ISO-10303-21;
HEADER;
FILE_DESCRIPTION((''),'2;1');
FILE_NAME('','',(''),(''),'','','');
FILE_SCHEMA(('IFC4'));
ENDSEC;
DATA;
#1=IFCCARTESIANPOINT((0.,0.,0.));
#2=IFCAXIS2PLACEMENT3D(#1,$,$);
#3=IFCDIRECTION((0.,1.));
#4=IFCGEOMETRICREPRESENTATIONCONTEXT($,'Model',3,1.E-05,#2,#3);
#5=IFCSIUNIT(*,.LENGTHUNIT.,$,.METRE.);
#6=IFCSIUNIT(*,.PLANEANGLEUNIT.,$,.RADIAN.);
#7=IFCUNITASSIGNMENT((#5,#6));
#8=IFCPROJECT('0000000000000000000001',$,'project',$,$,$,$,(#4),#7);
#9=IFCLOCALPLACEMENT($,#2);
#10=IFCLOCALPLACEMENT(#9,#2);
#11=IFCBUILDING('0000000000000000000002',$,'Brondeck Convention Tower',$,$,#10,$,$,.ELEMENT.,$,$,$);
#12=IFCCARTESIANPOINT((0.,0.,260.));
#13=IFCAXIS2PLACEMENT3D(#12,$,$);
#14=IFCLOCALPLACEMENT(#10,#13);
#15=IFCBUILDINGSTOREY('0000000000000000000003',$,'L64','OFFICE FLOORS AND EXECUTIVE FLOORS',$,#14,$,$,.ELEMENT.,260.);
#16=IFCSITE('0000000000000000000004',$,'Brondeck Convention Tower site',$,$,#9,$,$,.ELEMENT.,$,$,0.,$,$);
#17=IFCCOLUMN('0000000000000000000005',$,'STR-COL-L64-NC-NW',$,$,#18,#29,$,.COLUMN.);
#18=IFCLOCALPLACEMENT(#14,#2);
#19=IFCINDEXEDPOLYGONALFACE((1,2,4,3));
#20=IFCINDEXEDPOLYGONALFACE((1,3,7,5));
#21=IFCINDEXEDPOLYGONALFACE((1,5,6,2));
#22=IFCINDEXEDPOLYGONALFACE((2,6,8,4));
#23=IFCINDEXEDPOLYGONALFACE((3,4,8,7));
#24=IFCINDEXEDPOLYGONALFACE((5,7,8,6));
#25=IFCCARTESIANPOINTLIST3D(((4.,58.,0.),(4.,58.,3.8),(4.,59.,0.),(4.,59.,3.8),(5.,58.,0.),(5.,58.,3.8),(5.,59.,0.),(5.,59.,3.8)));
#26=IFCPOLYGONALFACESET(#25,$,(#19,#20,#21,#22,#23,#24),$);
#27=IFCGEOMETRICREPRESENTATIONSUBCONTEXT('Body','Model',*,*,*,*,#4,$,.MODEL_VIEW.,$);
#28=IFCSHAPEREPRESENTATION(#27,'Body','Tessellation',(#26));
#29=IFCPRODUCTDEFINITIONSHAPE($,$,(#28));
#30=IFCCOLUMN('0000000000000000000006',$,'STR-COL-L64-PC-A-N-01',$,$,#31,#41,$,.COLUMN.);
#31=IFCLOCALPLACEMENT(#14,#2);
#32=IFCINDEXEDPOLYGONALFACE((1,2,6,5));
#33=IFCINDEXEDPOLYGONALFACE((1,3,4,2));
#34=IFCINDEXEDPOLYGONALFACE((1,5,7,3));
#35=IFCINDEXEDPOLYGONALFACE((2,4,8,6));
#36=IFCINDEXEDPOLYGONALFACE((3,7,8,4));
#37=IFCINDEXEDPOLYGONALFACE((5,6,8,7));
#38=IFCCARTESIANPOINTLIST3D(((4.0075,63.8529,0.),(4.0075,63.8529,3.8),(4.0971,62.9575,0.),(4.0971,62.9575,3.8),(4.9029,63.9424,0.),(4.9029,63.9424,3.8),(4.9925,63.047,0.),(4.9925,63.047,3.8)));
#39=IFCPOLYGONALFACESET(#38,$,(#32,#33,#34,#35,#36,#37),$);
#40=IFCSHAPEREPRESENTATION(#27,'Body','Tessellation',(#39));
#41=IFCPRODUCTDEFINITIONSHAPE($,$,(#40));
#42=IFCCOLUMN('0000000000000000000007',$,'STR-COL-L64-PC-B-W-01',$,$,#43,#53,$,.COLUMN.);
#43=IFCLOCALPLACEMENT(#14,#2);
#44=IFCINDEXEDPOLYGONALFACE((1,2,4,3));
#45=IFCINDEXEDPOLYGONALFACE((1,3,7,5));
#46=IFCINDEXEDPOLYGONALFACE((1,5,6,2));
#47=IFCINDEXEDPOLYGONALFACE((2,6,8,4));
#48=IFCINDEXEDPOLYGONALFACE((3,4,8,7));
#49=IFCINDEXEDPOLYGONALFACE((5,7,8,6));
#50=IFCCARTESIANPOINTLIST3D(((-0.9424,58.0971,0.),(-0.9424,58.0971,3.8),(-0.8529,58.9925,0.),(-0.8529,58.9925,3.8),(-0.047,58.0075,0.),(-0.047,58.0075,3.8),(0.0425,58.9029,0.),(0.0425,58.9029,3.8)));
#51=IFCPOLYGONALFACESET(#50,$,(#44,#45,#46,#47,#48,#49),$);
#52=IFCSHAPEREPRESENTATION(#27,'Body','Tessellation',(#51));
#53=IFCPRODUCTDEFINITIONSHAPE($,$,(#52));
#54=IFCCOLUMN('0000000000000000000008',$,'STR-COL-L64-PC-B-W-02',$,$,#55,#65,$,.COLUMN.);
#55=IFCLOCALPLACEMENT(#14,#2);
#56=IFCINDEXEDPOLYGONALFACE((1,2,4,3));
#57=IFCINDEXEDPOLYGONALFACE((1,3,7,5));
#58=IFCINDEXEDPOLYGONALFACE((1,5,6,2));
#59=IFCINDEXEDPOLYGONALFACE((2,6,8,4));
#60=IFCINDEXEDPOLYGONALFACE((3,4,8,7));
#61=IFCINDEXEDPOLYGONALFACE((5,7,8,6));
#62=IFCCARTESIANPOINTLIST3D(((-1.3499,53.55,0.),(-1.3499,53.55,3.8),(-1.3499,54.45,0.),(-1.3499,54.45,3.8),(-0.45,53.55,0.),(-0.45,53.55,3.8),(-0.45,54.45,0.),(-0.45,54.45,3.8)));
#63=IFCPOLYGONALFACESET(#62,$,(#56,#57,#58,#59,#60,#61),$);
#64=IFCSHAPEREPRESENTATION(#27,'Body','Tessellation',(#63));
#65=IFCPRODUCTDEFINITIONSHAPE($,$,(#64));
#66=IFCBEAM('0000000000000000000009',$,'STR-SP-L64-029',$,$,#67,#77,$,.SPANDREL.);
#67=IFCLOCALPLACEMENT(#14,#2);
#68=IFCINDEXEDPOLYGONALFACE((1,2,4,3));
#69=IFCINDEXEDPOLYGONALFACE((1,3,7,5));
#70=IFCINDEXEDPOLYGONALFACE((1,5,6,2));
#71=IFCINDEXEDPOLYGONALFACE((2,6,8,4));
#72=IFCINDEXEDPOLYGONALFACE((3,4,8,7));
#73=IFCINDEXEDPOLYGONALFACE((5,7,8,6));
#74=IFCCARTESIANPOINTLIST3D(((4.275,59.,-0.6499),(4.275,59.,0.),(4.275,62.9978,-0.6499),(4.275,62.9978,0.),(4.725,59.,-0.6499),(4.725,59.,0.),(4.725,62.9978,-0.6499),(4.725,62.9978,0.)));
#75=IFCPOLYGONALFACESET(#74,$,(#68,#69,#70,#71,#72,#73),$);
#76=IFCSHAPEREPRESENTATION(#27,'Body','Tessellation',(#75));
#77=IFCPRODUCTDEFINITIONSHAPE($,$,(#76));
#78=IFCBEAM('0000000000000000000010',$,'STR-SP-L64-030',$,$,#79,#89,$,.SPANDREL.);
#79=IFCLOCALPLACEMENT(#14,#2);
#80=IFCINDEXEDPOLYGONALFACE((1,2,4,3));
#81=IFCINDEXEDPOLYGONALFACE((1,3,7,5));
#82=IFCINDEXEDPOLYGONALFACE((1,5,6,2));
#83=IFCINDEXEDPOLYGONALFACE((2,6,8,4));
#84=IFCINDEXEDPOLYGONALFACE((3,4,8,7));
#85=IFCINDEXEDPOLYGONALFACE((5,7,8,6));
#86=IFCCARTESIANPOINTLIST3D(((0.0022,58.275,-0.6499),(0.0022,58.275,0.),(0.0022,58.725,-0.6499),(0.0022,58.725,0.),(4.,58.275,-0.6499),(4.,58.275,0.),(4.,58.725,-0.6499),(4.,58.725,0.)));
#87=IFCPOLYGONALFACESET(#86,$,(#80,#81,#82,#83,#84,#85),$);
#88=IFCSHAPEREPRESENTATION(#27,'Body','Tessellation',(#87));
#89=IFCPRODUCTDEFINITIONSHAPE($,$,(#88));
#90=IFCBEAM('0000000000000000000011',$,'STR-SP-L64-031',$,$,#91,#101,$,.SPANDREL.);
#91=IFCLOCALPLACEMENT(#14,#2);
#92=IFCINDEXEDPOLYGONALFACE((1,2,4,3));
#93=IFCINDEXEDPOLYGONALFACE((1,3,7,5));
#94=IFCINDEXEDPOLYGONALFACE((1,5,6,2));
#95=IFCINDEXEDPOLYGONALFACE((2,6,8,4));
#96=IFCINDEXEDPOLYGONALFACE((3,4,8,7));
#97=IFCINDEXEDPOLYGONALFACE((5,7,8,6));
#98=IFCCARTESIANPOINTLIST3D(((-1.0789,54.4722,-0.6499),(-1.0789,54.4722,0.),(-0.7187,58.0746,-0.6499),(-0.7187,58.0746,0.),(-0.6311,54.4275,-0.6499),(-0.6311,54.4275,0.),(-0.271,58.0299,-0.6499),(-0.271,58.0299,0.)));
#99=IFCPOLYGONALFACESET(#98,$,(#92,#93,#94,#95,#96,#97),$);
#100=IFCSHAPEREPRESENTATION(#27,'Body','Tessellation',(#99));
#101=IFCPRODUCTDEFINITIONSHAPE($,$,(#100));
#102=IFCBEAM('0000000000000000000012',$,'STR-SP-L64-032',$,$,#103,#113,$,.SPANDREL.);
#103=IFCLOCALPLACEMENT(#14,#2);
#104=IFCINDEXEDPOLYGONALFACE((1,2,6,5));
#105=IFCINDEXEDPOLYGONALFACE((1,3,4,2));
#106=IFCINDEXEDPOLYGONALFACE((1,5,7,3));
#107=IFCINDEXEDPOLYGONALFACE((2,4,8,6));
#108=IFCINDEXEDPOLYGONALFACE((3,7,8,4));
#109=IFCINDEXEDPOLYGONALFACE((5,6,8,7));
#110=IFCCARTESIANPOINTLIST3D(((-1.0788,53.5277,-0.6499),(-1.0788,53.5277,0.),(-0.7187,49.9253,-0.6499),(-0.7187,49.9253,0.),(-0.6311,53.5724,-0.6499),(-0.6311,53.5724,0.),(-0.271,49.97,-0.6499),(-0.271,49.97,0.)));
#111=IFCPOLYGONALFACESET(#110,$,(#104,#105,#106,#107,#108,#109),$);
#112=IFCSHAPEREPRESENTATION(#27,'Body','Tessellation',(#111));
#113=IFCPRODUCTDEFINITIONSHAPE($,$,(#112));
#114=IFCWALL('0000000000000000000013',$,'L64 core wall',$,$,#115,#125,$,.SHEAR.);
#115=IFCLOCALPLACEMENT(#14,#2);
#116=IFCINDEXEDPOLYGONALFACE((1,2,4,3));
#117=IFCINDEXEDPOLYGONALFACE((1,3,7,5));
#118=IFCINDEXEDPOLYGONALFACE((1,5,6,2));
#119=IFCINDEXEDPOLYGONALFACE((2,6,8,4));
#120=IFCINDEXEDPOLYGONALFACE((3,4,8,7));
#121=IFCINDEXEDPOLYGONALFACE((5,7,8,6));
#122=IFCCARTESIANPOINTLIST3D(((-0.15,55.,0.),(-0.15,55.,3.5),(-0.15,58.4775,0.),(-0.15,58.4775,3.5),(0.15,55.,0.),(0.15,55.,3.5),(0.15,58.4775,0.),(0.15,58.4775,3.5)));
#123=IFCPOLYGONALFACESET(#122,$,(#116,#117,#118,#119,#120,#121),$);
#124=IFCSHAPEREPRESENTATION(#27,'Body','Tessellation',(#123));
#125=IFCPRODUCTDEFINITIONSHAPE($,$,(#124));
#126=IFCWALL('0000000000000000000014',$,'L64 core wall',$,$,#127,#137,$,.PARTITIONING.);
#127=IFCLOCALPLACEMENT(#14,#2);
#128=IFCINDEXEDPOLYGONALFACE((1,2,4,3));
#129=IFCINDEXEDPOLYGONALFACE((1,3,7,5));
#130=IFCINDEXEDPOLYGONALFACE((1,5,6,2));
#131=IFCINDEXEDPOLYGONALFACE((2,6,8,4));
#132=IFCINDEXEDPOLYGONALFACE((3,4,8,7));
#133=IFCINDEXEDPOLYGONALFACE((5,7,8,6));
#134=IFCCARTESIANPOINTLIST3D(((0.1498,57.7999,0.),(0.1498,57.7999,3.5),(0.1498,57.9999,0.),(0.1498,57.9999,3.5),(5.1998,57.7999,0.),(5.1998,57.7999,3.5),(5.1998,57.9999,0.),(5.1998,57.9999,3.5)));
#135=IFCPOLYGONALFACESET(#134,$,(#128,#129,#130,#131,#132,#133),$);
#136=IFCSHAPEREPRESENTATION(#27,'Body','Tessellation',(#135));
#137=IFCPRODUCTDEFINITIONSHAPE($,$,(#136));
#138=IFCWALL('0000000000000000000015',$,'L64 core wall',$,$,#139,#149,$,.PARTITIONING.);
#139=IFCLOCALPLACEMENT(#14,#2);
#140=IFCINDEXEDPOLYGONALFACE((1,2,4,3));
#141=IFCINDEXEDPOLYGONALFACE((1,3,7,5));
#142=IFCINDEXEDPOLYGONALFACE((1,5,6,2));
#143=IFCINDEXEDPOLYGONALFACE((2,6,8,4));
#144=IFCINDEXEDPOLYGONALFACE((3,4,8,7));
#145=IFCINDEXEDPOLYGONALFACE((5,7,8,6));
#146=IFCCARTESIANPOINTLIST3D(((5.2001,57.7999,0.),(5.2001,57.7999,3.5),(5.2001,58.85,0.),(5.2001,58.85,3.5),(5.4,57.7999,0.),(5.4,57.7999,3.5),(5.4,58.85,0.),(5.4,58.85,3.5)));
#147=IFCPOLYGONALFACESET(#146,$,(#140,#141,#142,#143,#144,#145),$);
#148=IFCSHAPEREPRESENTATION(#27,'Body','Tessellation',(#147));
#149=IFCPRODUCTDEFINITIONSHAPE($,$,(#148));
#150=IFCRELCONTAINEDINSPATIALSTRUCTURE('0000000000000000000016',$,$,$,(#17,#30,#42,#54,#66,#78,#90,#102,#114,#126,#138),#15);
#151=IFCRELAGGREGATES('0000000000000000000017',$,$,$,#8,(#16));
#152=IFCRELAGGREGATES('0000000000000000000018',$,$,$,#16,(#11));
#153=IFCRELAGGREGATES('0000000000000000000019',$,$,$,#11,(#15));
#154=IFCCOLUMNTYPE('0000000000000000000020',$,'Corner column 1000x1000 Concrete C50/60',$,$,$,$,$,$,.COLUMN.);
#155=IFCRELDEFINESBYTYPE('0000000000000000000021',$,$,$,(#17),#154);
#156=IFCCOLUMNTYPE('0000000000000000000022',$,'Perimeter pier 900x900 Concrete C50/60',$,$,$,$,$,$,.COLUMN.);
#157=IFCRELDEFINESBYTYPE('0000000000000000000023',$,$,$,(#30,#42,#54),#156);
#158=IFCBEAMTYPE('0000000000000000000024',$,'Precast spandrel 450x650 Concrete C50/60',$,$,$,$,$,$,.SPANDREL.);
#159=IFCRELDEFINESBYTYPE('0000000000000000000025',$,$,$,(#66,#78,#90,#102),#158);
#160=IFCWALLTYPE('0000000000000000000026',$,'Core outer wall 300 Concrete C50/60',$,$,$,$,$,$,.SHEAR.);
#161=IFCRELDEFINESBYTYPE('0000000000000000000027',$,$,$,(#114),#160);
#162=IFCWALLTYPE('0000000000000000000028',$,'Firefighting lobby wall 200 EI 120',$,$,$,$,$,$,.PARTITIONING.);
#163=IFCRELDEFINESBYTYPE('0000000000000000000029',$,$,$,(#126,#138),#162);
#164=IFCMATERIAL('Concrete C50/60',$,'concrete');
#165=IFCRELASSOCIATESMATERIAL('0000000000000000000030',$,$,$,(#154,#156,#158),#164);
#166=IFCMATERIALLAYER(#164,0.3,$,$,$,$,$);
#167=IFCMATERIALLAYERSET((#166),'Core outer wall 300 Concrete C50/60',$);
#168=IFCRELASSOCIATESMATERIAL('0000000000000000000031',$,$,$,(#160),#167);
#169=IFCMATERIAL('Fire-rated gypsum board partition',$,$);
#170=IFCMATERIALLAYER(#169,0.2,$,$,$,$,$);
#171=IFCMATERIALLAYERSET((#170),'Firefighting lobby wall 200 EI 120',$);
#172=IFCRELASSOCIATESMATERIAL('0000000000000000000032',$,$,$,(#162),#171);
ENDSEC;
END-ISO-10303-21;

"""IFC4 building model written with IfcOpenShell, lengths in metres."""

from ifc_helpers import new_model, si_unit, direction, frame, frame_2d, origin, origin_2d, place, context, subcontext, project, spatial, rectangle, extrude, material, layer, layer_set, material_profile, profile_set, type_object, element, save


model = new_model("IFC4")

# Units and contexts
model_context = context("Model", 3, precision=1e-05, world=origin(), true_north=direction((0.0, 1.0)))
body_context = subcontext(model_context, "Body", "Model", "MODEL_VIEW")
ifc_project = project(units=[si_unit("LENGTHUNIT", "METRE"), si_unit("PLANEANGLEUNIT", "RADIAN")], contexts=[model_context])

# Site, building, storey
site_placement = place(None, origin())
site = spatial("IfcSite", under=ifc_project, at=site_placement, Name="Brondeck Convention Tower site", CompositionType="ELEMENT", RefElevation=0.0)
building_placement = place(site_placement, origin())
building = spatial("IfcBuilding", under=site, at=building_placement, Name="Brondeck Convention Tower", CompositionType="ELEMENT")
storey_placement = place(building_placement, frame((0.0, 0.0, 260.0)))
storey = spatial("IfcBuildingStorey", under=building, at=storey_placement, Name="L64", Description="OFFICE FLOORS AND EXECUTIVE FLOORS", CompositionType="ELEMENT", Elevation=260.0)

# Columns
ifc_material_1 = material(Name="Concrete C50/60", Category="concrete")
ifc_material_profile_1 = material_profile(ifc_material_1, rectangle(XDim=1.0, YDim=1.0, at=origin_2d()), Name="Corner column 1000x1000 Concrete C50/60")
ifc_profile_set_1 = profile_set([ifc_material_profile_1], Name="Concrete C50/60")
column_type_1 = type_object("IfcColumnType", Name="Corner column 1000x1000 Concrete C50/60", PredefinedType="COLUMN", material=ifc_profile_set_1)
column_placement = place(storey_placement, frame((4.5, 58.5, 0.0), z_axis=(0.0, 0.0, 1.0), x_axis=(1.0, 0.0, 0.0)))
element("IfcColumn", 1, at=column_placement, inside=storey, type_object=column_type_1, Name="STR-COL-L64-NC-NW", PredefinedType="COLUMN", context=body_context, shape_type="SweptSolid", body=[
    extrude(rectangle(XDim=1.0, YDim=1.0, at=origin_2d()), origin(), (0.0, 0.0, 1.0), 3.8),
])
ifc_material_profile_2 = material_profile(ifc_material_1, rectangle(XDim=0.8999, YDim=0.8999, at=origin_2d()), Name="Perimeter pier 900x900 Concrete C50/60")
ifc_profile_set_2 = profile_set([ifc_material_profile_2], Name="Concrete C50/60")
column_type_2 = type_object("IfcColumnType", Name="Perimeter pier 900x900 Concrete C50/60", PredefinedType="COLUMN", material=ifc_profile_set_2)
for number, where, z_axis, x_axis, name in (
    (2, (4.5, 63.45, 0.0), (0.0, 0.0, 1.0), (-0.995037, -0.099504, 0.0), "STR-COL-L64-PC-A-N-01"),
    (3, (-0.45, 58.5, 0.0), (0.0, 0.0, 1.0), (-0.099504, -0.995037, 0.0), "STR-COL-L64-PC-B-W-01"),
    (4, (-0.8999, 54.0, 0.0), (0.0, 0.0, 1.0), (0.0, -1.0, 0.0), "STR-COL-L64-PC-B-W-02"),
):
    element("IfcColumn", number, at=place(storey_placement, frame(where, z_axis=z_axis, x_axis=x_axis)), inside=storey, type_object=column_type_2, Name=name, PredefinedType="COLUMN", context=body_context, shape_type="SweptSolid", body=[
        extrude(rectangle(XDim=0.8999, YDim=0.8999, at=origin_2d()), origin(), (0.0, 0.0, 1.0), 3.8),
    ])

# Beams
ifc_material_profile_3 = material_profile(ifc_material_1, rectangle(XDim=0.45, YDim=0.6499, at=origin_2d()), Name="Precast spandrel 450x650 Concrete C50/60")
ifc_profile_set_3 = profile_set([ifc_material_profile_3], Name="Concrete C50/60")
beam_type = type_object("IfcBeamType", Name="Precast spandrel 450x650 Concrete C50/60", PredefinedType="SPANDREL", material=ifc_profile_set_3)
for number, where, z_axis, x_axis, name in (
    (5, (4.5, 62.9978, -0.325), (0.0, -1.0, 0.0), (1.0, 0.0, 0.0), "STR-SP-L64-029"),
    (6, (4.0, 58.5, -0.325), (-1.0, 0.0, 0.0), (0.0, -1.0, 0.0), "STR-SP-L64-030"),
):
    element("IfcBeam", number, at=place(storey_placement, frame(where, z_axis=z_axis, x_axis=x_axis)), inside=storey, type_object=beam_type, Name=name, PredefinedType="SPANDREL", context=body_context, shape_type="SweptSolid", body=[
        extrude(rectangle(XDim=0.45, YDim=0.6499, at=origin_2d()), origin(), (0.0, 0.0, 1.0), 3.9978),
    ])
for number, where, z_axis, x_axis, name in (
    (7, (-0.4949, 58.0522, -0.325), (-0.09947, -0.995041, 0.0), (0.995041, -0.09947, 0.0), "STR-SP-L64-031"),
    (8, (-0.855, 53.55, -0.325), (0.09947, -0.995041, 0.0), (0.995041, 0.09947, 0.0), "STR-SP-L64-032"),
):
    element("IfcBeam", number, at=place(storey_placement, frame(where, z_axis=z_axis, x_axis=x_axis)), inside=storey, type_object=beam_type, Name=name, PredefinedType="SPANDREL", context=body_context, shape_type="SweptSolid", body=[
        extrude(rectangle(XDim=0.45, YDim=0.6499, at=origin_2d()), origin(), (0.0, 0.0, 1.0), 3.6204),
    ])

# Walls
ifc_layer_1 = layer(ifc_material_1, 0.3)
ifc_layer_set_1 = layer_set([ifc_layer_1], Name="Core outer wall 300 Concrete C50/60")
wall_type_1 = type_object("IfcWallType", Name="Core outer wall 300 Concrete C50/60", PredefinedType="SHEAR", material=ifc_layer_set_1)
wall_1_placement = place(storey_placement, frame((0.0, 55.0, 0.0), z_axis=(0.0, 0.0, 1.0), x_axis=(0.0, 1.0, 0.0)))
element("IfcWall", 9, at=wall_1_placement, inside=storey, type_object=wall_type_1, Name="L64 core wall", PredefinedType="SHEAR", context=body_context, shape_type="SweptSolid", body=[
    extrude(rectangle(XDim=3.4775, YDim=0.3, at=frame_2d((1.7388, 0.0))), origin(), (0.0, 0.0, 1.0), 3.5),
])
ifc_material_2 = material(Name="Fire-rated gypsum board partition")
ifc_layer_2 = layer(ifc_material_2, 0.2)
ifc_layer_set_2 = layer_set([ifc_layer_2], Name="Firefighting lobby wall 200 EI 120")
wall_type_2 = type_object("IfcWallType", Name="Firefighting lobby wall 200 EI 120", PredefinedType="PARTITIONING", material=ifc_layer_set_2)
wall_2_placement = place(storey_placement, frame((0.1499, 57.8999, 0.0), z_axis=(0.0, 0.0, 1.0), x_axis=(1.0, 0.0, 0.0)))
element("IfcWall", 10, at=wall_2_placement, inside=storey, type_object=wall_type_2, Name="L64 core wall", PredefinedType="PARTITIONING", context=body_context, shape_type="SweptSolid", body=[
    extrude(rectangle(XDim=5.05, YDim=0.2, at=frame_2d((2.5249, 0.0))), origin(), (0.0, 0.0, 1.0), 3.5),
])
wall_3_placement = place(storey_placement, frame((5.3, 57.8, 0.0), z_axis=(0.0, 0.0, 1.0), x_axis=(0.0, 1.0, 0.0)))
element("IfcWall", 11, at=wall_3_placement, inside=storey, type_object=wall_type_2, Name="L64 core wall", PredefinedType="PARTITIONING", context=body_context, shape_type="SweptSolid", body=[
    extrude(rectangle(XDim=1.05, YDim=0.2, at=frame_2d((0.5249, 0.0))), origin(), (0.0, 0.0, 1.0), 3.5),
])

save(model, "model.ifc")
